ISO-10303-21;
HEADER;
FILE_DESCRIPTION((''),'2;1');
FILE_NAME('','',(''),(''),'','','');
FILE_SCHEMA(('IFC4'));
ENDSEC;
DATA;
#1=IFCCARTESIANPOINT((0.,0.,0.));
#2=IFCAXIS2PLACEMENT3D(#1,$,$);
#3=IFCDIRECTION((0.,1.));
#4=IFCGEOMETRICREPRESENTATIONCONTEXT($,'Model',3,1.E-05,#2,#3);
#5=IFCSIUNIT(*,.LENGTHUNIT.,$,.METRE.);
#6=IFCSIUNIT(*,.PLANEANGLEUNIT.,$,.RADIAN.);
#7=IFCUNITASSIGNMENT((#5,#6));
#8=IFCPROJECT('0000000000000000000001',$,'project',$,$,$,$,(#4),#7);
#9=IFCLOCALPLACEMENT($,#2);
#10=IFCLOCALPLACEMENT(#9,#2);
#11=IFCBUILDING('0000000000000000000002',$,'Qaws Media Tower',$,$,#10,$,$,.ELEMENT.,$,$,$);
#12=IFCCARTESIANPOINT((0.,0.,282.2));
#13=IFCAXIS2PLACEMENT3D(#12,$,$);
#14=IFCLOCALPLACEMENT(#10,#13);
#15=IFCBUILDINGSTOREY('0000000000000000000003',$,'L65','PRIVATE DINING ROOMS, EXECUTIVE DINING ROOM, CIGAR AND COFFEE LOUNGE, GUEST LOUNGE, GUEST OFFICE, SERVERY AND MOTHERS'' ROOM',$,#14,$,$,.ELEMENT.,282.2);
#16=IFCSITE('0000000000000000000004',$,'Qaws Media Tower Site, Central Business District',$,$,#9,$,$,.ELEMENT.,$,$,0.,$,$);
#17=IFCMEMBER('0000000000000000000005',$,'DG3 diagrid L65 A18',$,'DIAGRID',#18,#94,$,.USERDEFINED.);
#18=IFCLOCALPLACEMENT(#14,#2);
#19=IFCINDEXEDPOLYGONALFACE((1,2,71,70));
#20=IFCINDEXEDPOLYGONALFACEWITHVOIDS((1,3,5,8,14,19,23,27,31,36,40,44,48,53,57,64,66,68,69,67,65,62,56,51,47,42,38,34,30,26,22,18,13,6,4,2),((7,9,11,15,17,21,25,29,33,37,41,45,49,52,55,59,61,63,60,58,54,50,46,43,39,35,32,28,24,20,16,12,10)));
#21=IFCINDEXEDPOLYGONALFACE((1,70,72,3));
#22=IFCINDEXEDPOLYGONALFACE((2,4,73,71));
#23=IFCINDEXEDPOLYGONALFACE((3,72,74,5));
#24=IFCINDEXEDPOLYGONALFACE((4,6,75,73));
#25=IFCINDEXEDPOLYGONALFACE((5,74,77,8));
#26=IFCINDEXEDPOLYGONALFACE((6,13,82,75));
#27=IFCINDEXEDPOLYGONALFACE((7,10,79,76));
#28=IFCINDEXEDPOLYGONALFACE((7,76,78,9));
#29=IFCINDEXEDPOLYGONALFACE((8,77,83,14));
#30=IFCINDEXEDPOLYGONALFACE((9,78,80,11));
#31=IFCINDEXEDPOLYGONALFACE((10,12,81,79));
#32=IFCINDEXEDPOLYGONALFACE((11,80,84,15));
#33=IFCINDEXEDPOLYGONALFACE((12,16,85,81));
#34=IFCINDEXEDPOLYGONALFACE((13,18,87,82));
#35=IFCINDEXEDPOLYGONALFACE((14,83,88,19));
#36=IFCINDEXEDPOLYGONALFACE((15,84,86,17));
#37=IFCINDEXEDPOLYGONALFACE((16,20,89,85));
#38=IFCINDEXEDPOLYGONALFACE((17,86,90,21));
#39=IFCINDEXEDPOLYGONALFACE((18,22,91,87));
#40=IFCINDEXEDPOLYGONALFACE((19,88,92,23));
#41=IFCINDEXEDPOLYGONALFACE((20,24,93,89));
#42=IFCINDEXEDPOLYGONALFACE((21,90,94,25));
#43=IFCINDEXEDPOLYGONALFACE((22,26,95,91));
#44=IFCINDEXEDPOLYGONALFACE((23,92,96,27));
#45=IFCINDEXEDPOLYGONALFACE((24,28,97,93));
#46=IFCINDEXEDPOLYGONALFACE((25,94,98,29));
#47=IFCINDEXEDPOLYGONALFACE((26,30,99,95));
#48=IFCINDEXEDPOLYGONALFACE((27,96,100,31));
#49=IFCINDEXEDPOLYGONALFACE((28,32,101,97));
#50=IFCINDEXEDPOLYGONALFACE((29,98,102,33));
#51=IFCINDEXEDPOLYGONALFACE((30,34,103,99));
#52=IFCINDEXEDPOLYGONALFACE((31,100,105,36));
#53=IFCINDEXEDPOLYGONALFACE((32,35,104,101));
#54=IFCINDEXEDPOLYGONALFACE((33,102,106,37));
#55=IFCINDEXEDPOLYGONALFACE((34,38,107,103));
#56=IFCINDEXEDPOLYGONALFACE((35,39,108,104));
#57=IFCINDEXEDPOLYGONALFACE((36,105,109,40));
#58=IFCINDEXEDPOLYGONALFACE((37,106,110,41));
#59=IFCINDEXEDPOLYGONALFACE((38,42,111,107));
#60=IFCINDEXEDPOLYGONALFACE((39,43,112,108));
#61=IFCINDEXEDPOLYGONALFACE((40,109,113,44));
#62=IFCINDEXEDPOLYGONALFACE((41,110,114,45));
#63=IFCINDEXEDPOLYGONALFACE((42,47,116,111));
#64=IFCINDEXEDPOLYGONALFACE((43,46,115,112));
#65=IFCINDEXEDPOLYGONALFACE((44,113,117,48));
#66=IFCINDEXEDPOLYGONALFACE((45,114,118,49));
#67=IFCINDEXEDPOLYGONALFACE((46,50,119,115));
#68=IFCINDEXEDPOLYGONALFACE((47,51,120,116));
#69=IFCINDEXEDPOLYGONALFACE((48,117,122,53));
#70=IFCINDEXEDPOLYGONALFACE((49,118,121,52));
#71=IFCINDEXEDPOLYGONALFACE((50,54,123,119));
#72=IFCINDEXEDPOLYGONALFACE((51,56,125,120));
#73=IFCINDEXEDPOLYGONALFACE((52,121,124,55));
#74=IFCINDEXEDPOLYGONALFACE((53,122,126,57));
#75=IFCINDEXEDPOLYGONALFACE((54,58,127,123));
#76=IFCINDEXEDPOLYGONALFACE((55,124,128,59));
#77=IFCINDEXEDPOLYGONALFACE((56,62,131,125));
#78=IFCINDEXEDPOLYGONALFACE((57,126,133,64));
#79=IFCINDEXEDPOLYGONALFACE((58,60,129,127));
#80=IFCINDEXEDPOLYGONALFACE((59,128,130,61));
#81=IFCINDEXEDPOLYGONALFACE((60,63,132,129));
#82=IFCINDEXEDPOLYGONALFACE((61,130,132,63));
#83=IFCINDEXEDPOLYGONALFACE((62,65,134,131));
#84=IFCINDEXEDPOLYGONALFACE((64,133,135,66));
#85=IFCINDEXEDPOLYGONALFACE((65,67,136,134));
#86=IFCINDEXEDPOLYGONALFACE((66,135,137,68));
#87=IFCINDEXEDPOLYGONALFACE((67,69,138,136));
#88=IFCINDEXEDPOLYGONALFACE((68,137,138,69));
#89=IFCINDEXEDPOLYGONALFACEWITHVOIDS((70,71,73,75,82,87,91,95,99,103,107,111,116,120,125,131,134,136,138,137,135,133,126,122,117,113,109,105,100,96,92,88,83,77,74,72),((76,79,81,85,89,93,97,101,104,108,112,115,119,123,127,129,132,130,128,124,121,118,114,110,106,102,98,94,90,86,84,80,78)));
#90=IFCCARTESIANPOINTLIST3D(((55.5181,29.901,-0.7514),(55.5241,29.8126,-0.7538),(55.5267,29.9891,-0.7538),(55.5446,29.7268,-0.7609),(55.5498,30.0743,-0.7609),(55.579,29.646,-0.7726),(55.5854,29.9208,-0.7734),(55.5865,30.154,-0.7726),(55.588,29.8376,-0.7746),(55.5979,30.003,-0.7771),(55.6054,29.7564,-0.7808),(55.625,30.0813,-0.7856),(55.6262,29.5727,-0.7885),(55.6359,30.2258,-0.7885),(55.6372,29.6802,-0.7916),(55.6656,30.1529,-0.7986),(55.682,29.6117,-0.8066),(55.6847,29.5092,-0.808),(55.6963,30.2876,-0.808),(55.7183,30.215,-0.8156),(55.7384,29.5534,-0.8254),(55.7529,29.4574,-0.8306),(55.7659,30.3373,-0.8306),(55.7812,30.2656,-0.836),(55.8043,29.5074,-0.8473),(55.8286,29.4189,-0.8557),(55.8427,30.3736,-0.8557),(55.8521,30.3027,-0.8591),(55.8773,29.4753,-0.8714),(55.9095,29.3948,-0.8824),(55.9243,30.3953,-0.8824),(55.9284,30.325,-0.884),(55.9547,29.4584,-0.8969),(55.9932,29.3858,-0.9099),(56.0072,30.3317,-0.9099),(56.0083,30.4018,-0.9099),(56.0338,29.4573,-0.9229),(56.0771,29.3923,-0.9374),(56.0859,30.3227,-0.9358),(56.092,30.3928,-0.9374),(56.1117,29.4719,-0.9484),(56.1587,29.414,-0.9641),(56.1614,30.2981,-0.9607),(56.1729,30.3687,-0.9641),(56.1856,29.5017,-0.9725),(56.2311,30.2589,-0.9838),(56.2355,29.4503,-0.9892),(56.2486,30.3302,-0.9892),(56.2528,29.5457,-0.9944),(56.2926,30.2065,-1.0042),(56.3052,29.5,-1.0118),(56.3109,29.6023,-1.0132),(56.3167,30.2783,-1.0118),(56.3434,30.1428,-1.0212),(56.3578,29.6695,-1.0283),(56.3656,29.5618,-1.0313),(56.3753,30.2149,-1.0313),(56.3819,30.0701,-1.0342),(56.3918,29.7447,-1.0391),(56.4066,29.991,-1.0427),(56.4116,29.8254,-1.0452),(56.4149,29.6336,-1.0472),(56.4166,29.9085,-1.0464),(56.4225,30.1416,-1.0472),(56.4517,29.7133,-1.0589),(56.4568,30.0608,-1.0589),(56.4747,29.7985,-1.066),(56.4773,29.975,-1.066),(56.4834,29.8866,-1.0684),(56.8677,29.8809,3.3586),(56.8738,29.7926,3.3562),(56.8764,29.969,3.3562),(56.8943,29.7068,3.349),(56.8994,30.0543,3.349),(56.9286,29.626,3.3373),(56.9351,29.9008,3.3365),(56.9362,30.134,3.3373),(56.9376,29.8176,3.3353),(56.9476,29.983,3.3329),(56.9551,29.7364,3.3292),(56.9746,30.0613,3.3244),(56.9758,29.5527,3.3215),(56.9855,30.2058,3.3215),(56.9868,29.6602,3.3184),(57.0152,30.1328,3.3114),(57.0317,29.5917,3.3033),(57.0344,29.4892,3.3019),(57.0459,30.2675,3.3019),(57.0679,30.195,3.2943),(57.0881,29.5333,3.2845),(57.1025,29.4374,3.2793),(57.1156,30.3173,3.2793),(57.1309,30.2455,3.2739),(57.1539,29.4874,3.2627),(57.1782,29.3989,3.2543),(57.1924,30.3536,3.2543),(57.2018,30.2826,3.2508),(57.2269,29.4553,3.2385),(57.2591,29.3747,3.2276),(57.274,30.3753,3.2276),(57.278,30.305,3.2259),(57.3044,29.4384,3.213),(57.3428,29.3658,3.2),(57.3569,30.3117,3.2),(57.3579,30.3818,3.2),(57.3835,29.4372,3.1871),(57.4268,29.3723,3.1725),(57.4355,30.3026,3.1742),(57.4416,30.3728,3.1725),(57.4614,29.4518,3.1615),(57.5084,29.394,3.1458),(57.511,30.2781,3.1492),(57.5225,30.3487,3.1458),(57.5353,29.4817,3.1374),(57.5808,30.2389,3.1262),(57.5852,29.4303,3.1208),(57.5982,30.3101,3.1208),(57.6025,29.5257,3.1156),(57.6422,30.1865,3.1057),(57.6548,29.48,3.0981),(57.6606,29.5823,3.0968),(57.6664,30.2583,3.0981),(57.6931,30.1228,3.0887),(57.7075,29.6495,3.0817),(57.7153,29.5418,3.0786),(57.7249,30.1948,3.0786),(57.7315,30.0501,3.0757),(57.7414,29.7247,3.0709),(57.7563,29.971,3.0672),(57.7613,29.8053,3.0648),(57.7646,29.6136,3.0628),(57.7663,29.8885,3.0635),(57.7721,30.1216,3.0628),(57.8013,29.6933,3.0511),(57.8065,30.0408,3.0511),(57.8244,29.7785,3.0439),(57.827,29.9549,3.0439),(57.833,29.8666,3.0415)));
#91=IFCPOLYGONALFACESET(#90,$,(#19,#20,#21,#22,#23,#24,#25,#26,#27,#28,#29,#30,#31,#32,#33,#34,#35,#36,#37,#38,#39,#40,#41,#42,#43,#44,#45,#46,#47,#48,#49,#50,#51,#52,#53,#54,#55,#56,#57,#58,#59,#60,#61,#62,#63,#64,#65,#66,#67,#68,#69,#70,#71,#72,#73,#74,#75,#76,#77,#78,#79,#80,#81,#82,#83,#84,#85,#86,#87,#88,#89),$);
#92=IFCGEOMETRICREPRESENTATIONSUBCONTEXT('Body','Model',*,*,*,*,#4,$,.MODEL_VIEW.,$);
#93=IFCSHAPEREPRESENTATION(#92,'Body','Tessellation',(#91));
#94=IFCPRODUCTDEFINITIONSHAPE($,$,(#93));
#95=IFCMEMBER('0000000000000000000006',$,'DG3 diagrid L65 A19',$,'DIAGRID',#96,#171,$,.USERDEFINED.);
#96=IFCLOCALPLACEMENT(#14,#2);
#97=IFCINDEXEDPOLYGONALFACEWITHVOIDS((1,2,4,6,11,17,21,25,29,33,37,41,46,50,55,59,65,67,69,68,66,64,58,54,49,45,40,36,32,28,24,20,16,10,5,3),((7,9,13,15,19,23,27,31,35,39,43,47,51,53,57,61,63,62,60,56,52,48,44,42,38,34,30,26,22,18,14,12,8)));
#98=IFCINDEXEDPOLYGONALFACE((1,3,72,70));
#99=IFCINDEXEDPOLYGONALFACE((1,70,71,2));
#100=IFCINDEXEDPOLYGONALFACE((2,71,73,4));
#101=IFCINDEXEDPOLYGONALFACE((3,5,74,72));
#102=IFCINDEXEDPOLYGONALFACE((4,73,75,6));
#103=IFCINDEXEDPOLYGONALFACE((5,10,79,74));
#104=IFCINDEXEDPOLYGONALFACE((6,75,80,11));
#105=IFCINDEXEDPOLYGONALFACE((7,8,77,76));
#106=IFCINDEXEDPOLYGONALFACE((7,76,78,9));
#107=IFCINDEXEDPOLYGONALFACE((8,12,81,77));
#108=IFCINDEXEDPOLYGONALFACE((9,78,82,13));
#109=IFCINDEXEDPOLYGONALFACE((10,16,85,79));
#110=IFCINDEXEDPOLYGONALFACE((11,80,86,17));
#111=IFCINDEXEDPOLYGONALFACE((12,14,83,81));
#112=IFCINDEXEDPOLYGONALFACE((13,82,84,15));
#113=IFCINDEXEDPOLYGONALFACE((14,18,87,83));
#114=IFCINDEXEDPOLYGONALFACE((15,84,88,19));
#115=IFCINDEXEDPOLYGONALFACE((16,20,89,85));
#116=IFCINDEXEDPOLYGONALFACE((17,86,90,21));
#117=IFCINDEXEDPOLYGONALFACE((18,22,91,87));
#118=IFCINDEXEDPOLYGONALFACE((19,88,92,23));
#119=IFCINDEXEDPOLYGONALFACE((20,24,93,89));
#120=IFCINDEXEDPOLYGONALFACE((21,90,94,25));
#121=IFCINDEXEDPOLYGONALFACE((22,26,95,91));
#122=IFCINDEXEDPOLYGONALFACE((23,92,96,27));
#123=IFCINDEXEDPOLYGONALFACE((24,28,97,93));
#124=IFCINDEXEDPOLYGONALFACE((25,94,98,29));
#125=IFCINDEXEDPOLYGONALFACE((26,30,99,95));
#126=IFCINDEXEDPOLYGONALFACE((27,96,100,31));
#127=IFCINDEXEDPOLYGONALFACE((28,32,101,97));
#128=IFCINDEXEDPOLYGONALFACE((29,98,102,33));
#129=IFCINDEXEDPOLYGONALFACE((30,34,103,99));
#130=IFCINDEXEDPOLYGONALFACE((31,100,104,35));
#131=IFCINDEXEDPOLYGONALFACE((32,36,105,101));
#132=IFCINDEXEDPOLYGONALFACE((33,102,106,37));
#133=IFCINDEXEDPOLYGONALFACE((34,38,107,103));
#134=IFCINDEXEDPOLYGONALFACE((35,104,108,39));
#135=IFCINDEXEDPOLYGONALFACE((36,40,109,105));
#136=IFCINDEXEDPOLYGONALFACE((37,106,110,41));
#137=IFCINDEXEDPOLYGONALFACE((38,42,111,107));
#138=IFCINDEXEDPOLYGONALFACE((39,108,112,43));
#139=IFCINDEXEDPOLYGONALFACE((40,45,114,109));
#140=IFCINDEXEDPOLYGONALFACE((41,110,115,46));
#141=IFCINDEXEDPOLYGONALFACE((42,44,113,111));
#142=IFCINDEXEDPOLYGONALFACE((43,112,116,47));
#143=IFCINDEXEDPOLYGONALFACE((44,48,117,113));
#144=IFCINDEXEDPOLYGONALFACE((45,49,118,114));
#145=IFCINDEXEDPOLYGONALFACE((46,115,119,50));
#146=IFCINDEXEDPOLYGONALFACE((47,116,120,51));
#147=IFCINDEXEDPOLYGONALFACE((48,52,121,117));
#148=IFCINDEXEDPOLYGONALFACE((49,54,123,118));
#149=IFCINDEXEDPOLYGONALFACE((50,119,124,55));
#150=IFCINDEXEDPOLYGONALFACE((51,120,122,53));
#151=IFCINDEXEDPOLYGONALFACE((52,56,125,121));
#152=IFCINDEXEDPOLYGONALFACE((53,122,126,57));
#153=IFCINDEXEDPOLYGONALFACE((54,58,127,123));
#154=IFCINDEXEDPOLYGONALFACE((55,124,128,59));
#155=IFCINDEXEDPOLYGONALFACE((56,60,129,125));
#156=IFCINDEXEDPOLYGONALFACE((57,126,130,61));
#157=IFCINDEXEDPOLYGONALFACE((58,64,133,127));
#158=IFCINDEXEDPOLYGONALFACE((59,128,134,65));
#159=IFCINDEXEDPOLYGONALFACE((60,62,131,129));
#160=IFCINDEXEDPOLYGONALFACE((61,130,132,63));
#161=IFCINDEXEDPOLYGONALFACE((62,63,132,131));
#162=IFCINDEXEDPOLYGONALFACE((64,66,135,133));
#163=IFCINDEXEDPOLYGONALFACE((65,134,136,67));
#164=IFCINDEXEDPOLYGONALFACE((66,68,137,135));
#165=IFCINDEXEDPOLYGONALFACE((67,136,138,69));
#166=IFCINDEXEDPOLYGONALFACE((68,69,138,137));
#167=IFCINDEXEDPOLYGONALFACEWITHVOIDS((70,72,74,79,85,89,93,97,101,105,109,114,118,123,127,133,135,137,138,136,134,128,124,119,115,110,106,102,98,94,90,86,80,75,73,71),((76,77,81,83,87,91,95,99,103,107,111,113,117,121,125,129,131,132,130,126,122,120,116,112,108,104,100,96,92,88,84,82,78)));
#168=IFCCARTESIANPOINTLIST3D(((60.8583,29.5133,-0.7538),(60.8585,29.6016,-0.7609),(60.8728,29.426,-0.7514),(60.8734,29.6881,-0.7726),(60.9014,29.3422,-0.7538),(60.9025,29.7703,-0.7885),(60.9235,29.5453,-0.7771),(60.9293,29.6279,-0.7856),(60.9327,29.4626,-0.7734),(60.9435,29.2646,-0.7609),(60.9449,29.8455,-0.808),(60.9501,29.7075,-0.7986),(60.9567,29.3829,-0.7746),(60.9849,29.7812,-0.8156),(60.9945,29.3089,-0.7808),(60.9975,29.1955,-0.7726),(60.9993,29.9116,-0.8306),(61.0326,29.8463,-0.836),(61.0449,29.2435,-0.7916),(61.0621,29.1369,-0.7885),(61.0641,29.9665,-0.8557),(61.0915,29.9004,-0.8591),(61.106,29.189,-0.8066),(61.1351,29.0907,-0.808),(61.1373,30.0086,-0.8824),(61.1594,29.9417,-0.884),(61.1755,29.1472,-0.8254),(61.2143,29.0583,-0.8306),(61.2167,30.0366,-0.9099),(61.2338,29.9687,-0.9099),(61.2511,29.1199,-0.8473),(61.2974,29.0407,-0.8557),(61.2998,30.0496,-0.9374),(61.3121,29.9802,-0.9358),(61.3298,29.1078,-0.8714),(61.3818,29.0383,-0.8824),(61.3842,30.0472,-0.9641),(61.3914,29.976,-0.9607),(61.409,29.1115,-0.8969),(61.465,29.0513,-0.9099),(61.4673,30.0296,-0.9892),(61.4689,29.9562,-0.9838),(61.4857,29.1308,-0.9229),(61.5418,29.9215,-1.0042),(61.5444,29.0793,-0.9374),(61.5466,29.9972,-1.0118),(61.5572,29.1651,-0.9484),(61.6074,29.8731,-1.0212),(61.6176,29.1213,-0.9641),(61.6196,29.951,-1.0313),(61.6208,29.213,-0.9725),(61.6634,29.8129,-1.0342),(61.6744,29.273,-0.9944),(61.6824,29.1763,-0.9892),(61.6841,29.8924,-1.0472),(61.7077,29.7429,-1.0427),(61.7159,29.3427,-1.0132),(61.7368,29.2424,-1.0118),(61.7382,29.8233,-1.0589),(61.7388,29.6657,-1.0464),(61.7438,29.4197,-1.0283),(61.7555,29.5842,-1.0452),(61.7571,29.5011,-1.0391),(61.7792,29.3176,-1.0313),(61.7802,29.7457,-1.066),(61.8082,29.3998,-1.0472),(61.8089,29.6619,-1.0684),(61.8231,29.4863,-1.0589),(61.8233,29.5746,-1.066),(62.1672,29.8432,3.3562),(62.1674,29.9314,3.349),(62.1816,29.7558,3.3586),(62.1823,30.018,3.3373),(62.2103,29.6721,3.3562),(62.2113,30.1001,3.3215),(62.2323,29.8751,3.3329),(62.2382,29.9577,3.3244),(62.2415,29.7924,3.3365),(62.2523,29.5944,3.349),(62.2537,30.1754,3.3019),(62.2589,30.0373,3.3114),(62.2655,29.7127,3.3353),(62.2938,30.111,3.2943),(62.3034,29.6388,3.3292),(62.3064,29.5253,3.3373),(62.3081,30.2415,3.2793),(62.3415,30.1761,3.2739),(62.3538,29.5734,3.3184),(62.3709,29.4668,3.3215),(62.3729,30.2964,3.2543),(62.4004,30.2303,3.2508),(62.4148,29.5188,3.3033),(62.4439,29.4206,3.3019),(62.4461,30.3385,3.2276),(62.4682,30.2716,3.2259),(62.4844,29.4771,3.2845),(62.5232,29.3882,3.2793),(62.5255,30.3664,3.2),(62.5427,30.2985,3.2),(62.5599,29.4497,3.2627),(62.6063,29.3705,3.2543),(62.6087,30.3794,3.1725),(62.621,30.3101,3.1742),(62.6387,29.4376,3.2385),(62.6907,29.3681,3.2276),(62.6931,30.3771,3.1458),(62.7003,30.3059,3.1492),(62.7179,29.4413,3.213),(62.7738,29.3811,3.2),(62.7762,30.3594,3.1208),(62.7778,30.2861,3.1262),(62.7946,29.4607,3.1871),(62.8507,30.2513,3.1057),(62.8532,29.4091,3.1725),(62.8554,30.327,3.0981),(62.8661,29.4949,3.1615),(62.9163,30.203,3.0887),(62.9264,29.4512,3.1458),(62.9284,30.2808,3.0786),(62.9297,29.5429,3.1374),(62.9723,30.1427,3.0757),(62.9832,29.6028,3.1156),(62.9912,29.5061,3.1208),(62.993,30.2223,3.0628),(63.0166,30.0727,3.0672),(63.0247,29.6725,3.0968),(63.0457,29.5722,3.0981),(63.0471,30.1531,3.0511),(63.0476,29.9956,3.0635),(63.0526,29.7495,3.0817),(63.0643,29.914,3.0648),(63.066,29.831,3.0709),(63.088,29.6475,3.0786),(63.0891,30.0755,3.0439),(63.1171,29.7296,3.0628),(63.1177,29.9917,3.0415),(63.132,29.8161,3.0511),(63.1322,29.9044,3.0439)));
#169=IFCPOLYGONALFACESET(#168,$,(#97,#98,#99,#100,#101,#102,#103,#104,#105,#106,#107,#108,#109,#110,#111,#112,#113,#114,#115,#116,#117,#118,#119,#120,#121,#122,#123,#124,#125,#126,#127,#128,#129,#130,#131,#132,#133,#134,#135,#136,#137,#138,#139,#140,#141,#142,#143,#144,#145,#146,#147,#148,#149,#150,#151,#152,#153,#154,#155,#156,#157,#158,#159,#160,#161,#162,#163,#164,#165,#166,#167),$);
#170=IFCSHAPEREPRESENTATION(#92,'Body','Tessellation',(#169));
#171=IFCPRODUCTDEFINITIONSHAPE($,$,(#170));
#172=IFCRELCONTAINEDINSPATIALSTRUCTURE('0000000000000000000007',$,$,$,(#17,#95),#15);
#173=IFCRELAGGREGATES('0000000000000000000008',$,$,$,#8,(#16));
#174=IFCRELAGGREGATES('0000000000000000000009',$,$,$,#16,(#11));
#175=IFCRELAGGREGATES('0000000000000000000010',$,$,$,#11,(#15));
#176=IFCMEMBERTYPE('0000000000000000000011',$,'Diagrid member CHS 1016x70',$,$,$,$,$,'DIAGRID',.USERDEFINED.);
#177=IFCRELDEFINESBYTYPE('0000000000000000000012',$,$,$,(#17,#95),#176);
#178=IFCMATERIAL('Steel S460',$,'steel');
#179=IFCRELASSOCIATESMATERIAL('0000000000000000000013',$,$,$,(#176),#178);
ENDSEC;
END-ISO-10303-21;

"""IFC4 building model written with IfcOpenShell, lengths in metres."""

from ifc_helpers import new_model, si_unit, direction, frame, origin, origin_2d, place, context, subcontext, project, spatial, hollow_circle, extrude, material, material_profile, profile_set, type_object, element, save


model = new_model("IFC4")

# Units and contexts
model_context = context("Model", 3, precision=1e-05, world=origin(), true_north=direction((0.0, 1.0)))
body_context = subcontext(model_context, "Body", "Model", "MODEL_VIEW")
ifc_project = project(units=[si_unit("LENGTHUNIT", "METRE"), si_unit("PLANEANGLEUNIT", "RADIAN")], contexts=[model_context])

# Site, building, storey
site_placement = place(None, origin())
site = spatial("IfcSite", under=ifc_project, at=site_placement, Name="Qaws Media Tower Site, Central Business District", CompositionType="ELEMENT", RefElevation=0.0)
building_placement = place(site_placement, origin())
building = spatial("IfcBuilding", under=site, at=building_placement, Name="Qaws Media Tower", CompositionType="ELEMENT")
storey_placement = place(building_placement, frame((0.0, 0.0, 282.2)))
storey = spatial("IfcBuildingStorey", under=building, at=storey_placement, Name="L65", Description="PRIVATE DINING ROOMS, EXECUTIVE DINING ROOM, CIGAR AND COFFEE LOUNGE, GUEST LOUNGE, GUEST OFFICE, SERVERY AND MOTHERS' ROOM", CompositionType="ELEMENT", Elevation=282.2)

# Members
ifc_material_1 = material(Name="Steel S460", Category="steel")
ifc_material_profile_1 = material_profile(ifc_material_1, hollow_circle(Radius=0.5081, WallThickness=0.0701, at=origin_2d()), Name="CHS 1016x70")
ifc_profile_set_1 = profile_set([ifc_material_profile_1], Name="Steel S460")
member_type_1 = type_object("IfcMemberType", Name="Diagrid member CHS 1016x70", ElementType="DIAGRID", PredefinedType="USERDEFINED", material=ifc_profile_set_1)
for number, where, z_axis, x_axis, name in (
    (1, (56.0007, 29.8938, -0.9099), (0.311988, -0.004628, 0.950075), (0.014832, 0.99989, 0.0), "DG3 diagrid L65 A18"),
    (2, (61.3408, 29.5439, -0.9099), (0.302563, 0.076248, 0.950075), (-0.244365, 0.969683, 0.0), "DG3 diagrid L65 A19"),
):
    element("IfcMember", number, at=place(storey_placement, frame(where, z_axis=z_axis, x_axis=x_axis)), inside=storey, type_object=member_type_1, Name=name, ObjectType="DIAGRID", PredefinedType="USERDEFINED", context=body_context, shape_type="SweptSolid", body=[
        extrude(hollow_circle(Radius=0.5081, WallThickness=0.0701, at=origin_2d()), origin(), (0.0, 0.0, 1.0), 4.3259),
    ])

save(model, "model.ifc")
